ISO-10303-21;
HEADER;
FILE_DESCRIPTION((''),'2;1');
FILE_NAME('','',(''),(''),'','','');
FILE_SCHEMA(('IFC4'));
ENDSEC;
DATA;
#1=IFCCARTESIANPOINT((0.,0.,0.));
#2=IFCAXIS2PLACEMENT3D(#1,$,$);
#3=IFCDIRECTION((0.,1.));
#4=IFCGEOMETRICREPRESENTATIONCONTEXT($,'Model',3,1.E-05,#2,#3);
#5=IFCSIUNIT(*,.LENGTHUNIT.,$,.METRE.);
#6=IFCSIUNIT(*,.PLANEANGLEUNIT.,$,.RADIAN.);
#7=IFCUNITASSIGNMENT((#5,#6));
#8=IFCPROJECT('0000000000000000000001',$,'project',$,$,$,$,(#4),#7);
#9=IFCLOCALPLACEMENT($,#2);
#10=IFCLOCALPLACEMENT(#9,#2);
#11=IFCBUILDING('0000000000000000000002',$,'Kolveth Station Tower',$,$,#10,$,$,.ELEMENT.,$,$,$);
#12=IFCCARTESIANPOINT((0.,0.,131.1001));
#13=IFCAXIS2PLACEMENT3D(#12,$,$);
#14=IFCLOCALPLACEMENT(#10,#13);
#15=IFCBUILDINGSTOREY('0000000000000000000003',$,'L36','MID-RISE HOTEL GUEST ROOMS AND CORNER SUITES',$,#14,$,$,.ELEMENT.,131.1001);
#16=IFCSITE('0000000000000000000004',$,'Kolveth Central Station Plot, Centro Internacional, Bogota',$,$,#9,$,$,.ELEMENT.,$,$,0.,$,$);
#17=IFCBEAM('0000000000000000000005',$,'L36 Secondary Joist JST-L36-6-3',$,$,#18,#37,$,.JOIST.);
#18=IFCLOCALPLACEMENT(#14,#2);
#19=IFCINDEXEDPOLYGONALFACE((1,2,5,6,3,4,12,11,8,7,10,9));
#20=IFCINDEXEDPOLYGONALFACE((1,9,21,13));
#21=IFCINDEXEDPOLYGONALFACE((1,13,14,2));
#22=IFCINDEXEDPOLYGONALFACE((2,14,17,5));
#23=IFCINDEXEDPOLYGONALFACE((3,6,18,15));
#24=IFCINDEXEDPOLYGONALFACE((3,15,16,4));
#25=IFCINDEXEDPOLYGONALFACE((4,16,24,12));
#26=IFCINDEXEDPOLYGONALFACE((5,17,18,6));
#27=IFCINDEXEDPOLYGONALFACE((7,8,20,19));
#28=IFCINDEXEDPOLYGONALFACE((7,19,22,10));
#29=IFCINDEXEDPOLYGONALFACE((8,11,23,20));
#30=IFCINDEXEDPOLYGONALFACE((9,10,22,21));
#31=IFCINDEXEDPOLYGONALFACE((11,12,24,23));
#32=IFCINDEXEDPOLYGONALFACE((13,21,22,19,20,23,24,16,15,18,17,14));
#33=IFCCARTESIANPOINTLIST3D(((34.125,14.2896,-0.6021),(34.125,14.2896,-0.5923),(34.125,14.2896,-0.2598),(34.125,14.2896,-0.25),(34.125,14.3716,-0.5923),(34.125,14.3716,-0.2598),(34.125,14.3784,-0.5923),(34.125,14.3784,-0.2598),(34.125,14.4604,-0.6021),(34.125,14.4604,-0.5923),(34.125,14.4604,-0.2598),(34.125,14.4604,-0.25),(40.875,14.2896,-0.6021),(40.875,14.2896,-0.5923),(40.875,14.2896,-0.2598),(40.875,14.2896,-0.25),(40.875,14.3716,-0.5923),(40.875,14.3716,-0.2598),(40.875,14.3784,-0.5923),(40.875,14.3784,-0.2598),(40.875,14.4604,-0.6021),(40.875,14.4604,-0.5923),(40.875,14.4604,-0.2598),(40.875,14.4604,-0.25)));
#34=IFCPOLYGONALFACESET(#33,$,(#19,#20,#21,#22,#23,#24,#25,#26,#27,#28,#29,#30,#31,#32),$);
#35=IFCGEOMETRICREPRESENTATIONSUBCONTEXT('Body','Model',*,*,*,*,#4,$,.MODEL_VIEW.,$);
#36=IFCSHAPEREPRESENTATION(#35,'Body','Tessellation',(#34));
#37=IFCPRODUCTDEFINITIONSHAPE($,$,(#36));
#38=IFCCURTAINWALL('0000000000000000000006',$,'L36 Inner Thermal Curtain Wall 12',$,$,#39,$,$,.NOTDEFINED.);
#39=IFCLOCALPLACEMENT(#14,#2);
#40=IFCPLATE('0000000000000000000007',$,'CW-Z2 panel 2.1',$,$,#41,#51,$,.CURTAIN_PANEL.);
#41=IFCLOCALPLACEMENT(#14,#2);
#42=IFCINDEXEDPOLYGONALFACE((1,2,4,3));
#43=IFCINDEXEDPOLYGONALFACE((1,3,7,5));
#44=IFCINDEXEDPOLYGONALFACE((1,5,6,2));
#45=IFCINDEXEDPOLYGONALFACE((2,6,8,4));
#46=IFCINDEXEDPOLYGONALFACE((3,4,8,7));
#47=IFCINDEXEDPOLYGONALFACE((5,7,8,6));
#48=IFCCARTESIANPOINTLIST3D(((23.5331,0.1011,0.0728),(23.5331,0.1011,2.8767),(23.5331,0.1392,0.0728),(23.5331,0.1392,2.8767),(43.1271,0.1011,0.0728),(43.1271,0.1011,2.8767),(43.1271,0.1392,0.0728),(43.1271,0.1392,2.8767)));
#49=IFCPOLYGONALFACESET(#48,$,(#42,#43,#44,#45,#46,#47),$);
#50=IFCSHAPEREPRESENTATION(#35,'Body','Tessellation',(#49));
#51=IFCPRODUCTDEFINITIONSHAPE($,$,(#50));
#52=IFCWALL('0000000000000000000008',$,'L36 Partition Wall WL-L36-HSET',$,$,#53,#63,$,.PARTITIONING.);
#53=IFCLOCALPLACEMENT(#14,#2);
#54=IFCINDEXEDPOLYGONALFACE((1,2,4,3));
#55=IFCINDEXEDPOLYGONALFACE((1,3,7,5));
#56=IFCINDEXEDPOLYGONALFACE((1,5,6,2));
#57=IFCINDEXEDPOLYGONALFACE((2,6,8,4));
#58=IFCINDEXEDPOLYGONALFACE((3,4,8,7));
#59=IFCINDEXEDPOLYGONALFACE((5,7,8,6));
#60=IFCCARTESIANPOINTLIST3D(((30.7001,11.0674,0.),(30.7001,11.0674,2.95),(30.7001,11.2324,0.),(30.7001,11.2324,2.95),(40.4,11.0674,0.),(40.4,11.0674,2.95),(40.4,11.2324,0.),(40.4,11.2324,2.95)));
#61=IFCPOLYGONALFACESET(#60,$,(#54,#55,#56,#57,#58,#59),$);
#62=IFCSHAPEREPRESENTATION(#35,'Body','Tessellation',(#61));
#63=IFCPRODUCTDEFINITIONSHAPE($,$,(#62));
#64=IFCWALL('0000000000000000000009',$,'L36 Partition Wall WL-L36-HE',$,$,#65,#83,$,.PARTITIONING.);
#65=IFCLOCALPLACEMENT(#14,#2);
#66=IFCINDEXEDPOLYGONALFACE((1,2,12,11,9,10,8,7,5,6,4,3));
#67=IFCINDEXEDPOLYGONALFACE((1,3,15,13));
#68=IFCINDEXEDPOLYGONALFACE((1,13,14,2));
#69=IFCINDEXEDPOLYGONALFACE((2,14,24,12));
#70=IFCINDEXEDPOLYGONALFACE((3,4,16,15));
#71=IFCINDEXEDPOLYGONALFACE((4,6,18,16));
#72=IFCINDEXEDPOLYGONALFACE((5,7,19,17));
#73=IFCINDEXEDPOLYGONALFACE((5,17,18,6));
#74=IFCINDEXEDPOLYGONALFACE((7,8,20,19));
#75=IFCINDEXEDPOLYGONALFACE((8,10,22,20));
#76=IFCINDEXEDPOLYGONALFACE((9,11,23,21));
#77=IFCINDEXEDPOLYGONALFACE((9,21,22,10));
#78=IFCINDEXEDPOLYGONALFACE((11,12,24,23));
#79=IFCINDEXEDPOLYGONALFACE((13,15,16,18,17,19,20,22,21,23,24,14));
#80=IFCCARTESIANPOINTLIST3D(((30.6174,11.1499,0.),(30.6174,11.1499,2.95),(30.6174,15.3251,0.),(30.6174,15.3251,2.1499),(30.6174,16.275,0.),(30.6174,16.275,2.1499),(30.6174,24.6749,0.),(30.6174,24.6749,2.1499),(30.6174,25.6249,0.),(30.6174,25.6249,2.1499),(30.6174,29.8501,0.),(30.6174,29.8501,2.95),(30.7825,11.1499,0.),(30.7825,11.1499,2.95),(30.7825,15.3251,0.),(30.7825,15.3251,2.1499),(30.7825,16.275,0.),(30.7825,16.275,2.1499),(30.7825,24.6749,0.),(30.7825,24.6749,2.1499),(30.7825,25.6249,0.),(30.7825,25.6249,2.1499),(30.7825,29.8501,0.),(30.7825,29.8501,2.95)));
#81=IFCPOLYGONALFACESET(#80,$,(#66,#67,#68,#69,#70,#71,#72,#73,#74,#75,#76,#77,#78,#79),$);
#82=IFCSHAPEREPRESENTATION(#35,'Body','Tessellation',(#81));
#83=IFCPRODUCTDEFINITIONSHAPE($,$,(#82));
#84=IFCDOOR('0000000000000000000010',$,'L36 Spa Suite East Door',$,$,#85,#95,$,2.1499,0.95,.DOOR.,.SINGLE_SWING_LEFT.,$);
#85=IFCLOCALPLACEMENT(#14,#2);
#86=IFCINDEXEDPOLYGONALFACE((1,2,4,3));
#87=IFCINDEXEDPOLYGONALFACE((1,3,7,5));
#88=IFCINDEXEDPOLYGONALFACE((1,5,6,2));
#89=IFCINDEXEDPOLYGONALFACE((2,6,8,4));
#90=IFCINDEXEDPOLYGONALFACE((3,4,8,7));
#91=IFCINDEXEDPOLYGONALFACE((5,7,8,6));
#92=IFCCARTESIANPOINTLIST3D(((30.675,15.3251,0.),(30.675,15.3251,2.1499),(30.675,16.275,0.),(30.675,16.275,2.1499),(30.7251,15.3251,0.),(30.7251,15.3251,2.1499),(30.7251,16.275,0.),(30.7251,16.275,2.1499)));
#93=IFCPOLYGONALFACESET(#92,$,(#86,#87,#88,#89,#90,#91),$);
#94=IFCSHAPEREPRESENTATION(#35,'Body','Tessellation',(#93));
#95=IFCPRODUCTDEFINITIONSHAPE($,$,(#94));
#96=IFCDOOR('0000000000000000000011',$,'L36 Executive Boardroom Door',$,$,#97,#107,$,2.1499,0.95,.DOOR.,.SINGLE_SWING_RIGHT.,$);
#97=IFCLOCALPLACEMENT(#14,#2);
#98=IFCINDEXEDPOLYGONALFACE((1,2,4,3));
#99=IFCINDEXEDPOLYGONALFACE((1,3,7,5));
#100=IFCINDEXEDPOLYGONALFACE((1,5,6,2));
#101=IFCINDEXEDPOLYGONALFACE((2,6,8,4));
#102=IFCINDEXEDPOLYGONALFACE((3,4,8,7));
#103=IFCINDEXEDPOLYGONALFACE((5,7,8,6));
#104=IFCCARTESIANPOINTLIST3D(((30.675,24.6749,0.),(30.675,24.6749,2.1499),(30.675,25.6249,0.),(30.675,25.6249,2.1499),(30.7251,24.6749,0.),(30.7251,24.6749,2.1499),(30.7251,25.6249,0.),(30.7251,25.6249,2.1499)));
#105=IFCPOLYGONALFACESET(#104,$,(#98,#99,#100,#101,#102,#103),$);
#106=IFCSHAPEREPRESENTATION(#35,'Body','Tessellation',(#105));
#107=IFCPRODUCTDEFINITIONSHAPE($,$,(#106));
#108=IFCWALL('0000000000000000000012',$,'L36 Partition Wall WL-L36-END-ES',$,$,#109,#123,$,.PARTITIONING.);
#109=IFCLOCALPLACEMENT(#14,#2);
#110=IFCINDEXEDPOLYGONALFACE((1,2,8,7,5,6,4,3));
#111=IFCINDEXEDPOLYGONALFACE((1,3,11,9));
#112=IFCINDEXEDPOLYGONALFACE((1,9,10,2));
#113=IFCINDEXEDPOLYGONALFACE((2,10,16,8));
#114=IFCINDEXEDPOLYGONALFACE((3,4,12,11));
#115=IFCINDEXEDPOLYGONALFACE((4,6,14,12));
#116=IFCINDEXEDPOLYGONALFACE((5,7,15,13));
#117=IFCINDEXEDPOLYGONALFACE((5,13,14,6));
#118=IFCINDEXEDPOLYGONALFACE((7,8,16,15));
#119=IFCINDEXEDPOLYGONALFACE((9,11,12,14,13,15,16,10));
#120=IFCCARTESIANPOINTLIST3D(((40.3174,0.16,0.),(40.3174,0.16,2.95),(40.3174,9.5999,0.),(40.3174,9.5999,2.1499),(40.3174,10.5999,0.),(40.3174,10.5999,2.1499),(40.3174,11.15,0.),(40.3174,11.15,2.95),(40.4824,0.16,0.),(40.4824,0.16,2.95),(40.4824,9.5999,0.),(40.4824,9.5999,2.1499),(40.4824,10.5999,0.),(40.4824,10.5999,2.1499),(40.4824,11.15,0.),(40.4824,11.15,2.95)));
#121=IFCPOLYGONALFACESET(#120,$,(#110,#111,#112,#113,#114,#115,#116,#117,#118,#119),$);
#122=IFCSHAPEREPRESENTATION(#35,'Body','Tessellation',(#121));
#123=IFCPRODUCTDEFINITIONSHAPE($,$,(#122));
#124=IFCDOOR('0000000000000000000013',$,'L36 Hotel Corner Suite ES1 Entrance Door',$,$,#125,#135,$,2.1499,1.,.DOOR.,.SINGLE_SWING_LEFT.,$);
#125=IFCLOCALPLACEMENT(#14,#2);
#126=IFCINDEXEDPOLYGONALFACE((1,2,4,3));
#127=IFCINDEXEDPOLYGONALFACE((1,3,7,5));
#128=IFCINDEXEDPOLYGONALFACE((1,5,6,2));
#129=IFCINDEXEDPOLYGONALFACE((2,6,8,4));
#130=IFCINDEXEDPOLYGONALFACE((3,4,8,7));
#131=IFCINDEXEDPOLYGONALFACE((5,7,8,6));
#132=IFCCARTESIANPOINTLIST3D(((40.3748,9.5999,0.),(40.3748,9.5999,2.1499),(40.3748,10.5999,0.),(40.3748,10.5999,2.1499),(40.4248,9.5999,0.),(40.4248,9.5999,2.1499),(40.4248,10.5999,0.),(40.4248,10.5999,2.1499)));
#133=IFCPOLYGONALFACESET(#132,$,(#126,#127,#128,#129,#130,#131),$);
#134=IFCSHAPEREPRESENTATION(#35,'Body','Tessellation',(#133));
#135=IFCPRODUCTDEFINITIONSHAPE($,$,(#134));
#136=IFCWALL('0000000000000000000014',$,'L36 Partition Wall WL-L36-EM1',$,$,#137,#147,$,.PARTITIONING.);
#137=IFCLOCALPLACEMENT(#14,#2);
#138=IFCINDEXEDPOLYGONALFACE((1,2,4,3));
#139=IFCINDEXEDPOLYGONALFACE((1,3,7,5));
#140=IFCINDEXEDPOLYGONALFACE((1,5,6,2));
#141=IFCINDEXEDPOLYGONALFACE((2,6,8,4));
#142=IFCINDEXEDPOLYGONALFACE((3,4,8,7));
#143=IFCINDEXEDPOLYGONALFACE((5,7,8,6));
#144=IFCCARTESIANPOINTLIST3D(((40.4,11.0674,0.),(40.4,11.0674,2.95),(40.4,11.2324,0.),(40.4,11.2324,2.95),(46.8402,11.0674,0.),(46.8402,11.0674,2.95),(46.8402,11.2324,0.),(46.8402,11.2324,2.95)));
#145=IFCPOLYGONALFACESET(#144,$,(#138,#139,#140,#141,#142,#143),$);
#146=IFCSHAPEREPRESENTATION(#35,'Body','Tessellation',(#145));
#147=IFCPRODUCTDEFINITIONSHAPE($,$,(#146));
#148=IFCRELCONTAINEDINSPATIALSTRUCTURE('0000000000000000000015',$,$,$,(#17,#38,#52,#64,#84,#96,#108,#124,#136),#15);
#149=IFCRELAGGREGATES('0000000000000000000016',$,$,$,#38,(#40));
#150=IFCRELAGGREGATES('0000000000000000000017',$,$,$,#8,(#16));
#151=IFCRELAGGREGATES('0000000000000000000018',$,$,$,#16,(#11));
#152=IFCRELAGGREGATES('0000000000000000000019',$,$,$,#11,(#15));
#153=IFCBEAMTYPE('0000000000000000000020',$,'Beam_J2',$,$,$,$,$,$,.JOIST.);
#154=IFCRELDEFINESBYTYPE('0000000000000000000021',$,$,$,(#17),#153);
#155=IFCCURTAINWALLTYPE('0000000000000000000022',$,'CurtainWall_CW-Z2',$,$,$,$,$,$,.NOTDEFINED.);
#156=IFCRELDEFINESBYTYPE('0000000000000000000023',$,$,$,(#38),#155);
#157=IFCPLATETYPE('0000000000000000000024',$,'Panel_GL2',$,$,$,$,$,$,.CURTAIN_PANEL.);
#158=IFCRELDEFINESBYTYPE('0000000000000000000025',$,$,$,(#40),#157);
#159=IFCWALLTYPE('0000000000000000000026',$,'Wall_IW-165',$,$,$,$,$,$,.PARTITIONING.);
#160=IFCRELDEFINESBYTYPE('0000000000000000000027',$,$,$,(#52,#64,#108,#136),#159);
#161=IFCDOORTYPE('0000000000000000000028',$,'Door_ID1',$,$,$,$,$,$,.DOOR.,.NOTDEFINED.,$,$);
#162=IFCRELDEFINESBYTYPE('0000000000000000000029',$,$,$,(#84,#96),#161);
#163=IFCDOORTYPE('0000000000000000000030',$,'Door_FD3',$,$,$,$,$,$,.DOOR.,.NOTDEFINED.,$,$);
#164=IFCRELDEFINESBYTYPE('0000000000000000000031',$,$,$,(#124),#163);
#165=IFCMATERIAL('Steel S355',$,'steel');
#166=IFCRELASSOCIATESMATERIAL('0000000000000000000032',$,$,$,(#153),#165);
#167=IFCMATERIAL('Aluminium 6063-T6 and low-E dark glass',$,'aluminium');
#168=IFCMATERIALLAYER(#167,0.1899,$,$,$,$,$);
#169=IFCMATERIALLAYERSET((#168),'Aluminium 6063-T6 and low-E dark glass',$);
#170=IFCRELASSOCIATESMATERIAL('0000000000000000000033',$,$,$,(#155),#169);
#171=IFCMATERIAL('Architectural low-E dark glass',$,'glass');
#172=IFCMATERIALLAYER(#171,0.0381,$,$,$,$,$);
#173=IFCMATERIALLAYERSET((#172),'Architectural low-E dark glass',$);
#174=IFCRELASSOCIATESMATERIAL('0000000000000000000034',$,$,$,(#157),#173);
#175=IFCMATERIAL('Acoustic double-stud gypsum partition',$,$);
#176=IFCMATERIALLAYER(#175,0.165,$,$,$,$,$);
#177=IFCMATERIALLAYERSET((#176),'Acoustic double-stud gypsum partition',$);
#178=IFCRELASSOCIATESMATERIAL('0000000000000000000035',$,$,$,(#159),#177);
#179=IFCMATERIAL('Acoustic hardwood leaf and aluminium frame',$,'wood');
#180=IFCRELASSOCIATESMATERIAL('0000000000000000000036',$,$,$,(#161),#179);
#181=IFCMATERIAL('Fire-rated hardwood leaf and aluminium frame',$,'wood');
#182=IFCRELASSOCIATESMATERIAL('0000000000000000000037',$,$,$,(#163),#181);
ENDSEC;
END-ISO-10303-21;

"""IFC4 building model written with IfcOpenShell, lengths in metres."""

from ifc_helpers import new_model, si_unit, direction, frame, frame_2d, origin, origin_2d, place, context, subcontext, project, spatial, rectangle, i_section, extrude, source, transform, mapped, material, layer, layer_set, material_profile, profile_set, type_object, element, fill, aggregate, save


model = new_model("IFC4")

# Units and contexts
model_context = context("Model", 3, precision=1e-05, world=origin(), true_north=direction((0.0, 1.0)))
body_context = subcontext(model_context, "Body", "Model", "MODEL_VIEW")
ifc_project = project(units=[si_unit("LENGTHUNIT", "METRE"), si_unit("PLANEANGLEUNIT", "RADIAN")], contexts=[model_context])

# Site, building, storey
site_placement = place(None, origin())
site = spatial("IfcSite", under=ifc_project, at=site_placement, Name="Kolveth Central Station Plot, Centro Internacional, Bogota", CompositionType="ELEMENT", RefElevation=0.0)
building_placement = place(site_placement, origin())
building = spatial("IfcBuilding", under=site, at=building_placement, Name="Kolveth Station Tower", CompositionType="ELEMENT")
storey_placement = place(building_placement, frame((0.0, 0.0, 131.1001)))
storey = spatial("IfcBuildingStorey", under=building, at=storey_placement, Name="L36", Description="MID-RISE HOTEL GUEST ROOMS AND CORNER SUITES", CompositionType="ELEMENT", Elevation=131.1001)

# Beam
ifc_material_1 = material(Name="Steel S355", Category="steel")
ifc_material_profile_1 = material_profile(ifc_material_1, i_section(OverallWidth=0.1709, OverallDepth=0.3521, WebThickness=0.0068, FlangeThickness=0.0098, at=origin_2d()), Name="W360x44")
ifc_profile_set_1 = profile_set([ifc_material_profile_1], Name="Steel S355")
beam_type_1 = type_object("IfcBeamType", Name="Beam_J2", PredefinedType="JOIST", material=ifc_profile_set_1)
shared_shape_1 = source(origin(), body_context, "Body", "SweptSolid", [
    extrude(i_section(OverallWidth=0.1709, OverallDepth=0.3521, WebThickness=0.0068, FlangeThickness=0.0098, at=origin_2d()), origin(), (0.0, 0.0, 1.0), 6.75),
])
for number, where, z_axis, x_axis, name in (
    (1, (34.125, 14.375, -0.426), (1.0, 0.0, 0.0), (0.0, 1.0, 0.0), "L36 Secondary Joist JST-L36-6-3"),
):
    element("IfcBeam", number, at=place(storey_placement, frame(where, z_axis=z_axis, x_axis=x_axis)), inside=storey, type_object=beam_type_1, Name=name, PredefinedType="JOIST", context=body_context, shape_type="MappedRepresentation", body=[
        mapped(shared_shape_1, transform((0.0, 0.0, 0.0), x_axis=(1.0, 0.0, 0.0), y_axis=(0.0, 1.0, 0.0), z_axis=(0.0, 0.0, 1.0), scale=1.0)),
    ])

# Curtain wall, plate
ifc_material_2 = material(Name="Aluminium 6063-T6 and low-E dark glass", Category="aluminium")
ifc_layer_1 = layer(ifc_material_2, 0.1899)
ifc_layer_set_1 = layer_set([ifc_layer_1], Name="Aluminium 6063-T6 and low-E dark glass")
curtain_wall_type = type_object("IfcCurtainWallType", Name="CurtainWall_CW-Z2", PredefinedType="NOTDEFINED", material=ifc_layer_set_1)
curtain_wall_placement = place(storey_placement, origin())
curtain_wall = element("IfcCurtainWall", 2, at=curtain_wall_placement, inside=storey, type_object=curtain_wall_type, Name="L36 Inner Thermal Curtain Wall 12", PredefinedType="NOTDEFINED")
ifc_material_3 = material(Name="Architectural low-E dark glass", Category="glass")
ifc_layer_2 = layer(ifc_material_3, 0.0381)
ifc_layer_set_2 = layer_set([ifc_layer_2], Name="Architectural low-E dark glass")
plate_type = type_object("IfcPlateType", Name="Panel_GL2", PredefinedType="CURTAIN_PANEL", material=ifc_layer_set_2)
shared_shape_2 = source(origin(), body_context, "Body", "SweptSolid", [
    extrude(rectangle(XDim=19.594, YDim=0.0381, at=origin_2d()), origin(), (0.0, 0.0, 1.0), 2.804),
])
plate_placement = place(storey_placement, frame((33.3301, 0.1201, 0.0728), z_axis=(0.0, 0.0, 1.0), x_axis=(1.0, 0.0, 0.0)))
plate = element("IfcPlate", 3, at=plate_placement, type_object=plate_type, Name="CW-Z2 panel 2.1", PredefinedType="CURTAIN_PANEL", context=body_context, shape_type="MappedRepresentation", body=[
    mapped(shared_shape_2, transform((0.0, 0.0, 0.0), x_axis=(1.0, 0.0, 0.0), y_axis=(0.0, 1.0, 0.0), z_axis=(0.0, 0.0, 1.0), scale=1.0)),
])
aggregate(curtain_wall, [plate])

# Wall
ifc_material_4 = material(Name="Acoustic double-stud gypsum partition")
ifc_layer_3 = layer(ifc_material_4, 0.165)
ifc_layer_set_3 = layer_set([ifc_layer_3], Name="Acoustic double-stud gypsum partition")
wall_type = type_object("IfcWallType", Name="Wall_IW-165", PredefinedType="PARTITIONING", material=ifc_layer_set_3)
wall_1_placement = place(storey_placement, frame((30.7, 11.1499, 0.0), z_axis=(0.0, 0.0, 1.0), x_axis=(1.0, 0.0, 0.0)))
element("IfcWall", 4, at=wall_1_placement, inside=storey, type_object=wall_type, Name="L36 Partition Wall WL-L36-HSET", PredefinedType="PARTITIONING", context=body_context, shape_type="SweptSolid", body=[
    extrude(rectangle(XDim=9.7, YDim=0.165, at=frame_2d((4.8501, 0.0))), origin(), (0.0, 0.0, 1.0), 2.95),
])

# Wall, openings, doors
wall_2_placement = place(storey_placement, frame((30.7, 11.1499, 0.0), z_axis=(0.0, 0.0, 1.0), x_axis=(0.0, 1.0, 0.0)))
wall_2 = element("IfcWall", 5, at=wall_2_placement, inside=storey, type_object=wall_type, Name="L36 Partition Wall WL-L36-HE", PredefinedType="PARTITIONING", context=body_context, shape_type="SweptSolid", body=[
    extrude(rectangle(XDim=18.7002, YDim=0.165, at=frame_2d((9.3501, 0.0))), origin(), (0.0, 0.0, 1.0), 2.95),
])
opening_1_placement = place(wall_2_placement, frame((4.175, 0.0, 0.0)))
opening_1 = element("IfcOpeningElement", 6, at=opening_1_placement, cuts=wall_2, PredefinedType="OPENING", context=body_context, shape_type="SweptSolid", body=[
    extrude(rectangle(XDim=0.95, YDim=2.1499, at=frame_2d((0.4751, 1.075))), frame((0.0, 0.0925, 0.0), z_axis=(0.0, -1.0, 0.0), x_axis=(1.0, 0.0, 0.0)), (0.0, 0.0, 1.0), 0.1851),
])
opening_2_placement = place(wall_2_placement, frame((13.5249, 0.0, 0.0)))
opening_2 = element("IfcOpeningElement", 7, at=opening_2_placement, cuts=wall_2, PredefinedType="OPENING", context=body_context, shape_type="SweptSolid", body=[
    extrude(rectangle(XDim=0.95, YDim=2.1499, at=frame_2d((0.4751, 1.075))), frame((0.0, 0.0925, 0.0), z_axis=(0.0, -1.0, 0.0), x_axis=(1.0, 0.0, 0.0)), (0.0, 0.0, 1.0), 0.1851),
])
ifc_material_5 = material(Name="Acoustic hardwood leaf and aluminium frame", Category="wood")
door_type_1 = type_object("IfcDoorType", Name="Door_ID1", OperationType="NOTDEFINED", PredefinedType="DOOR", material=ifc_material_5)
door_1_placement = place(opening_1_placement, origin())
door_1 = element("IfcDoor", 8, at=door_1_placement, inside=storey, type_object=door_type_1, Name="L36 Spa Suite East Door", OperationType="SINGLE_SWING_LEFT", OverallHeight=2.1499, OverallWidth=0.95, PredefinedType="DOOR", context=body_context, shape_type="SweptSolid", body=[
    extrude(rectangle(XDim=0.95, YDim=2.1499, at=frame_2d((0.4751, 1.075))), frame((0.0, 0.0249, 0.0), z_axis=(0.0, -1.0, 0.0), x_axis=(1.0, 0.0, 0.0)), (0.0, 0.0, 1.0), 0.05),
])
fill(opening_1, door_1)
door_2_placement = place(opening_2_placement, origin())
door_2 = element("IfcDoor", 9, at=door_2_placement, inside=storey, type_object=door_type_1, Name="L36 Executive Boardroom Door", OperationType="SINGLE_SWING_RIGHT", OverallHeight=2.1499, OverallWidth=0.95, PredefinedType="DOOR", context=body_context, shape_type="SweptSolid", body=[
    extrude(rectangle(XDim=0.95, YDim=2.1499, at=frame_2d((0.4751, 1.075))), frame((0.0, 0.0249, 0.0), z_axis=(0.0, -1.0, 0.0), x_axis=(1.0, 0.0, 0.0)), (0.0, 0.0, 1.0), 0.05),
])
fill(opening_2, door_2)

# Wall, opening, door
wall_3_placement = place(storey_placement, frame((40.3999, 0.1599, 0.0), z_axis=(0.0, 0.0, 1.0), x_axis=(0.0, 1.0, 0.0)))
wall_3 = element("IfcWall", 10, at=wall_3_placement, inside=storey, type_object=wall_type, Name="L36 Partition Wall WL-L36-END-ES", PredefinedType="PARTITIONING", context=body_context, shape_type="SweptSolid", body=[
    extrude(rectangle(XDim=10.99, YDim=0.165, at=frame_2d((5.4951, 0.0))), origin(), (0.0, 0.0, 1.0), 2.95),
])
opening_3_placement = place(wall_3_placement, frame((9.4399, 0.0, 0.0)))
opening_3 = element("IfcOpeningElement", 11, at=opening_3_placement, cuts=wall_3, PredefinedType="OPENING", context=body_context, shape_type="SweptSolid", body=[
    extrude(rectangle(XDim=1.0, YDim=2.1499, at=frame_2d((0.5, 1.075))), frame((0.0, 0.0925, 0.0), z_axis=(0.0, -1.0, 0.0), x_axis=(1.0, 0.0, 0.0)), (0.0, 0.0, 1.0), 0.1851),
])
ifc_material_6 = material(Name="Fire-rated hardwood leaf and aluminium frame", Category="wood")
door_type_2 = type_object("IfcDoorType", Name="Door_FD3", OperationType="NOTDEFINED", PredefinedType="DOOR", material=ifc_material_6)
door_3_placement = place(opening_3_placement, frame((1.0, 0.0, 0.0), z_axis=(0.0, 0.0, 1.0), x_axis=(-1.0, 0.0, 0.0)))
door_3 = element("IfcDoor", 12, at=door_3_placement, inside=storey, type_object=door_type_2, Name="L36 Hotel Corner Suite ES1 Entrance Door", OperationType="SINGLE_SWING_LEFT", OverallHeight=2.1499, OverallWidth=1.0, PredefinedType="DOOR", context=body_context, shape_type="SweptSolid", body=[
    extrude(rectangle(XDim=1.0, YDim=2.1499, at=frame_2d((0.5, 1.075))), frame((0.0, 0.0249, 0.0), z_axis=(0.0, -1.0, 0.0), x_axis=(1.0, 0.0, 0.0)), (0.0, 0.0, 1.0), 0.05),
])
fill(opening_3, door_3)

# Wall
wall_4_placement = place(storey_placement, frame((40.3999, 11.1499, 0.0), z_axis=(0.0, 0.0, 1.0), x_axis=(1.0, 0.0, 0.0)))
element("IfcWall", 13, at=wall_4_placement, inside=storey, type_object=wall_type, Name="L36 Partition Wall WL-L36-EM1", PredefinedType="PARTITIONING", context=body_context, shape_type="SweptSolid", body=[
    extrude(rectangle(XDim=6.4402, YDim=0.165, at=frame_2d((3.2202, 0.0))), origin(), (0.0, 0.0, 1.0), 2.95),
])

save(model, "model.ifc")
